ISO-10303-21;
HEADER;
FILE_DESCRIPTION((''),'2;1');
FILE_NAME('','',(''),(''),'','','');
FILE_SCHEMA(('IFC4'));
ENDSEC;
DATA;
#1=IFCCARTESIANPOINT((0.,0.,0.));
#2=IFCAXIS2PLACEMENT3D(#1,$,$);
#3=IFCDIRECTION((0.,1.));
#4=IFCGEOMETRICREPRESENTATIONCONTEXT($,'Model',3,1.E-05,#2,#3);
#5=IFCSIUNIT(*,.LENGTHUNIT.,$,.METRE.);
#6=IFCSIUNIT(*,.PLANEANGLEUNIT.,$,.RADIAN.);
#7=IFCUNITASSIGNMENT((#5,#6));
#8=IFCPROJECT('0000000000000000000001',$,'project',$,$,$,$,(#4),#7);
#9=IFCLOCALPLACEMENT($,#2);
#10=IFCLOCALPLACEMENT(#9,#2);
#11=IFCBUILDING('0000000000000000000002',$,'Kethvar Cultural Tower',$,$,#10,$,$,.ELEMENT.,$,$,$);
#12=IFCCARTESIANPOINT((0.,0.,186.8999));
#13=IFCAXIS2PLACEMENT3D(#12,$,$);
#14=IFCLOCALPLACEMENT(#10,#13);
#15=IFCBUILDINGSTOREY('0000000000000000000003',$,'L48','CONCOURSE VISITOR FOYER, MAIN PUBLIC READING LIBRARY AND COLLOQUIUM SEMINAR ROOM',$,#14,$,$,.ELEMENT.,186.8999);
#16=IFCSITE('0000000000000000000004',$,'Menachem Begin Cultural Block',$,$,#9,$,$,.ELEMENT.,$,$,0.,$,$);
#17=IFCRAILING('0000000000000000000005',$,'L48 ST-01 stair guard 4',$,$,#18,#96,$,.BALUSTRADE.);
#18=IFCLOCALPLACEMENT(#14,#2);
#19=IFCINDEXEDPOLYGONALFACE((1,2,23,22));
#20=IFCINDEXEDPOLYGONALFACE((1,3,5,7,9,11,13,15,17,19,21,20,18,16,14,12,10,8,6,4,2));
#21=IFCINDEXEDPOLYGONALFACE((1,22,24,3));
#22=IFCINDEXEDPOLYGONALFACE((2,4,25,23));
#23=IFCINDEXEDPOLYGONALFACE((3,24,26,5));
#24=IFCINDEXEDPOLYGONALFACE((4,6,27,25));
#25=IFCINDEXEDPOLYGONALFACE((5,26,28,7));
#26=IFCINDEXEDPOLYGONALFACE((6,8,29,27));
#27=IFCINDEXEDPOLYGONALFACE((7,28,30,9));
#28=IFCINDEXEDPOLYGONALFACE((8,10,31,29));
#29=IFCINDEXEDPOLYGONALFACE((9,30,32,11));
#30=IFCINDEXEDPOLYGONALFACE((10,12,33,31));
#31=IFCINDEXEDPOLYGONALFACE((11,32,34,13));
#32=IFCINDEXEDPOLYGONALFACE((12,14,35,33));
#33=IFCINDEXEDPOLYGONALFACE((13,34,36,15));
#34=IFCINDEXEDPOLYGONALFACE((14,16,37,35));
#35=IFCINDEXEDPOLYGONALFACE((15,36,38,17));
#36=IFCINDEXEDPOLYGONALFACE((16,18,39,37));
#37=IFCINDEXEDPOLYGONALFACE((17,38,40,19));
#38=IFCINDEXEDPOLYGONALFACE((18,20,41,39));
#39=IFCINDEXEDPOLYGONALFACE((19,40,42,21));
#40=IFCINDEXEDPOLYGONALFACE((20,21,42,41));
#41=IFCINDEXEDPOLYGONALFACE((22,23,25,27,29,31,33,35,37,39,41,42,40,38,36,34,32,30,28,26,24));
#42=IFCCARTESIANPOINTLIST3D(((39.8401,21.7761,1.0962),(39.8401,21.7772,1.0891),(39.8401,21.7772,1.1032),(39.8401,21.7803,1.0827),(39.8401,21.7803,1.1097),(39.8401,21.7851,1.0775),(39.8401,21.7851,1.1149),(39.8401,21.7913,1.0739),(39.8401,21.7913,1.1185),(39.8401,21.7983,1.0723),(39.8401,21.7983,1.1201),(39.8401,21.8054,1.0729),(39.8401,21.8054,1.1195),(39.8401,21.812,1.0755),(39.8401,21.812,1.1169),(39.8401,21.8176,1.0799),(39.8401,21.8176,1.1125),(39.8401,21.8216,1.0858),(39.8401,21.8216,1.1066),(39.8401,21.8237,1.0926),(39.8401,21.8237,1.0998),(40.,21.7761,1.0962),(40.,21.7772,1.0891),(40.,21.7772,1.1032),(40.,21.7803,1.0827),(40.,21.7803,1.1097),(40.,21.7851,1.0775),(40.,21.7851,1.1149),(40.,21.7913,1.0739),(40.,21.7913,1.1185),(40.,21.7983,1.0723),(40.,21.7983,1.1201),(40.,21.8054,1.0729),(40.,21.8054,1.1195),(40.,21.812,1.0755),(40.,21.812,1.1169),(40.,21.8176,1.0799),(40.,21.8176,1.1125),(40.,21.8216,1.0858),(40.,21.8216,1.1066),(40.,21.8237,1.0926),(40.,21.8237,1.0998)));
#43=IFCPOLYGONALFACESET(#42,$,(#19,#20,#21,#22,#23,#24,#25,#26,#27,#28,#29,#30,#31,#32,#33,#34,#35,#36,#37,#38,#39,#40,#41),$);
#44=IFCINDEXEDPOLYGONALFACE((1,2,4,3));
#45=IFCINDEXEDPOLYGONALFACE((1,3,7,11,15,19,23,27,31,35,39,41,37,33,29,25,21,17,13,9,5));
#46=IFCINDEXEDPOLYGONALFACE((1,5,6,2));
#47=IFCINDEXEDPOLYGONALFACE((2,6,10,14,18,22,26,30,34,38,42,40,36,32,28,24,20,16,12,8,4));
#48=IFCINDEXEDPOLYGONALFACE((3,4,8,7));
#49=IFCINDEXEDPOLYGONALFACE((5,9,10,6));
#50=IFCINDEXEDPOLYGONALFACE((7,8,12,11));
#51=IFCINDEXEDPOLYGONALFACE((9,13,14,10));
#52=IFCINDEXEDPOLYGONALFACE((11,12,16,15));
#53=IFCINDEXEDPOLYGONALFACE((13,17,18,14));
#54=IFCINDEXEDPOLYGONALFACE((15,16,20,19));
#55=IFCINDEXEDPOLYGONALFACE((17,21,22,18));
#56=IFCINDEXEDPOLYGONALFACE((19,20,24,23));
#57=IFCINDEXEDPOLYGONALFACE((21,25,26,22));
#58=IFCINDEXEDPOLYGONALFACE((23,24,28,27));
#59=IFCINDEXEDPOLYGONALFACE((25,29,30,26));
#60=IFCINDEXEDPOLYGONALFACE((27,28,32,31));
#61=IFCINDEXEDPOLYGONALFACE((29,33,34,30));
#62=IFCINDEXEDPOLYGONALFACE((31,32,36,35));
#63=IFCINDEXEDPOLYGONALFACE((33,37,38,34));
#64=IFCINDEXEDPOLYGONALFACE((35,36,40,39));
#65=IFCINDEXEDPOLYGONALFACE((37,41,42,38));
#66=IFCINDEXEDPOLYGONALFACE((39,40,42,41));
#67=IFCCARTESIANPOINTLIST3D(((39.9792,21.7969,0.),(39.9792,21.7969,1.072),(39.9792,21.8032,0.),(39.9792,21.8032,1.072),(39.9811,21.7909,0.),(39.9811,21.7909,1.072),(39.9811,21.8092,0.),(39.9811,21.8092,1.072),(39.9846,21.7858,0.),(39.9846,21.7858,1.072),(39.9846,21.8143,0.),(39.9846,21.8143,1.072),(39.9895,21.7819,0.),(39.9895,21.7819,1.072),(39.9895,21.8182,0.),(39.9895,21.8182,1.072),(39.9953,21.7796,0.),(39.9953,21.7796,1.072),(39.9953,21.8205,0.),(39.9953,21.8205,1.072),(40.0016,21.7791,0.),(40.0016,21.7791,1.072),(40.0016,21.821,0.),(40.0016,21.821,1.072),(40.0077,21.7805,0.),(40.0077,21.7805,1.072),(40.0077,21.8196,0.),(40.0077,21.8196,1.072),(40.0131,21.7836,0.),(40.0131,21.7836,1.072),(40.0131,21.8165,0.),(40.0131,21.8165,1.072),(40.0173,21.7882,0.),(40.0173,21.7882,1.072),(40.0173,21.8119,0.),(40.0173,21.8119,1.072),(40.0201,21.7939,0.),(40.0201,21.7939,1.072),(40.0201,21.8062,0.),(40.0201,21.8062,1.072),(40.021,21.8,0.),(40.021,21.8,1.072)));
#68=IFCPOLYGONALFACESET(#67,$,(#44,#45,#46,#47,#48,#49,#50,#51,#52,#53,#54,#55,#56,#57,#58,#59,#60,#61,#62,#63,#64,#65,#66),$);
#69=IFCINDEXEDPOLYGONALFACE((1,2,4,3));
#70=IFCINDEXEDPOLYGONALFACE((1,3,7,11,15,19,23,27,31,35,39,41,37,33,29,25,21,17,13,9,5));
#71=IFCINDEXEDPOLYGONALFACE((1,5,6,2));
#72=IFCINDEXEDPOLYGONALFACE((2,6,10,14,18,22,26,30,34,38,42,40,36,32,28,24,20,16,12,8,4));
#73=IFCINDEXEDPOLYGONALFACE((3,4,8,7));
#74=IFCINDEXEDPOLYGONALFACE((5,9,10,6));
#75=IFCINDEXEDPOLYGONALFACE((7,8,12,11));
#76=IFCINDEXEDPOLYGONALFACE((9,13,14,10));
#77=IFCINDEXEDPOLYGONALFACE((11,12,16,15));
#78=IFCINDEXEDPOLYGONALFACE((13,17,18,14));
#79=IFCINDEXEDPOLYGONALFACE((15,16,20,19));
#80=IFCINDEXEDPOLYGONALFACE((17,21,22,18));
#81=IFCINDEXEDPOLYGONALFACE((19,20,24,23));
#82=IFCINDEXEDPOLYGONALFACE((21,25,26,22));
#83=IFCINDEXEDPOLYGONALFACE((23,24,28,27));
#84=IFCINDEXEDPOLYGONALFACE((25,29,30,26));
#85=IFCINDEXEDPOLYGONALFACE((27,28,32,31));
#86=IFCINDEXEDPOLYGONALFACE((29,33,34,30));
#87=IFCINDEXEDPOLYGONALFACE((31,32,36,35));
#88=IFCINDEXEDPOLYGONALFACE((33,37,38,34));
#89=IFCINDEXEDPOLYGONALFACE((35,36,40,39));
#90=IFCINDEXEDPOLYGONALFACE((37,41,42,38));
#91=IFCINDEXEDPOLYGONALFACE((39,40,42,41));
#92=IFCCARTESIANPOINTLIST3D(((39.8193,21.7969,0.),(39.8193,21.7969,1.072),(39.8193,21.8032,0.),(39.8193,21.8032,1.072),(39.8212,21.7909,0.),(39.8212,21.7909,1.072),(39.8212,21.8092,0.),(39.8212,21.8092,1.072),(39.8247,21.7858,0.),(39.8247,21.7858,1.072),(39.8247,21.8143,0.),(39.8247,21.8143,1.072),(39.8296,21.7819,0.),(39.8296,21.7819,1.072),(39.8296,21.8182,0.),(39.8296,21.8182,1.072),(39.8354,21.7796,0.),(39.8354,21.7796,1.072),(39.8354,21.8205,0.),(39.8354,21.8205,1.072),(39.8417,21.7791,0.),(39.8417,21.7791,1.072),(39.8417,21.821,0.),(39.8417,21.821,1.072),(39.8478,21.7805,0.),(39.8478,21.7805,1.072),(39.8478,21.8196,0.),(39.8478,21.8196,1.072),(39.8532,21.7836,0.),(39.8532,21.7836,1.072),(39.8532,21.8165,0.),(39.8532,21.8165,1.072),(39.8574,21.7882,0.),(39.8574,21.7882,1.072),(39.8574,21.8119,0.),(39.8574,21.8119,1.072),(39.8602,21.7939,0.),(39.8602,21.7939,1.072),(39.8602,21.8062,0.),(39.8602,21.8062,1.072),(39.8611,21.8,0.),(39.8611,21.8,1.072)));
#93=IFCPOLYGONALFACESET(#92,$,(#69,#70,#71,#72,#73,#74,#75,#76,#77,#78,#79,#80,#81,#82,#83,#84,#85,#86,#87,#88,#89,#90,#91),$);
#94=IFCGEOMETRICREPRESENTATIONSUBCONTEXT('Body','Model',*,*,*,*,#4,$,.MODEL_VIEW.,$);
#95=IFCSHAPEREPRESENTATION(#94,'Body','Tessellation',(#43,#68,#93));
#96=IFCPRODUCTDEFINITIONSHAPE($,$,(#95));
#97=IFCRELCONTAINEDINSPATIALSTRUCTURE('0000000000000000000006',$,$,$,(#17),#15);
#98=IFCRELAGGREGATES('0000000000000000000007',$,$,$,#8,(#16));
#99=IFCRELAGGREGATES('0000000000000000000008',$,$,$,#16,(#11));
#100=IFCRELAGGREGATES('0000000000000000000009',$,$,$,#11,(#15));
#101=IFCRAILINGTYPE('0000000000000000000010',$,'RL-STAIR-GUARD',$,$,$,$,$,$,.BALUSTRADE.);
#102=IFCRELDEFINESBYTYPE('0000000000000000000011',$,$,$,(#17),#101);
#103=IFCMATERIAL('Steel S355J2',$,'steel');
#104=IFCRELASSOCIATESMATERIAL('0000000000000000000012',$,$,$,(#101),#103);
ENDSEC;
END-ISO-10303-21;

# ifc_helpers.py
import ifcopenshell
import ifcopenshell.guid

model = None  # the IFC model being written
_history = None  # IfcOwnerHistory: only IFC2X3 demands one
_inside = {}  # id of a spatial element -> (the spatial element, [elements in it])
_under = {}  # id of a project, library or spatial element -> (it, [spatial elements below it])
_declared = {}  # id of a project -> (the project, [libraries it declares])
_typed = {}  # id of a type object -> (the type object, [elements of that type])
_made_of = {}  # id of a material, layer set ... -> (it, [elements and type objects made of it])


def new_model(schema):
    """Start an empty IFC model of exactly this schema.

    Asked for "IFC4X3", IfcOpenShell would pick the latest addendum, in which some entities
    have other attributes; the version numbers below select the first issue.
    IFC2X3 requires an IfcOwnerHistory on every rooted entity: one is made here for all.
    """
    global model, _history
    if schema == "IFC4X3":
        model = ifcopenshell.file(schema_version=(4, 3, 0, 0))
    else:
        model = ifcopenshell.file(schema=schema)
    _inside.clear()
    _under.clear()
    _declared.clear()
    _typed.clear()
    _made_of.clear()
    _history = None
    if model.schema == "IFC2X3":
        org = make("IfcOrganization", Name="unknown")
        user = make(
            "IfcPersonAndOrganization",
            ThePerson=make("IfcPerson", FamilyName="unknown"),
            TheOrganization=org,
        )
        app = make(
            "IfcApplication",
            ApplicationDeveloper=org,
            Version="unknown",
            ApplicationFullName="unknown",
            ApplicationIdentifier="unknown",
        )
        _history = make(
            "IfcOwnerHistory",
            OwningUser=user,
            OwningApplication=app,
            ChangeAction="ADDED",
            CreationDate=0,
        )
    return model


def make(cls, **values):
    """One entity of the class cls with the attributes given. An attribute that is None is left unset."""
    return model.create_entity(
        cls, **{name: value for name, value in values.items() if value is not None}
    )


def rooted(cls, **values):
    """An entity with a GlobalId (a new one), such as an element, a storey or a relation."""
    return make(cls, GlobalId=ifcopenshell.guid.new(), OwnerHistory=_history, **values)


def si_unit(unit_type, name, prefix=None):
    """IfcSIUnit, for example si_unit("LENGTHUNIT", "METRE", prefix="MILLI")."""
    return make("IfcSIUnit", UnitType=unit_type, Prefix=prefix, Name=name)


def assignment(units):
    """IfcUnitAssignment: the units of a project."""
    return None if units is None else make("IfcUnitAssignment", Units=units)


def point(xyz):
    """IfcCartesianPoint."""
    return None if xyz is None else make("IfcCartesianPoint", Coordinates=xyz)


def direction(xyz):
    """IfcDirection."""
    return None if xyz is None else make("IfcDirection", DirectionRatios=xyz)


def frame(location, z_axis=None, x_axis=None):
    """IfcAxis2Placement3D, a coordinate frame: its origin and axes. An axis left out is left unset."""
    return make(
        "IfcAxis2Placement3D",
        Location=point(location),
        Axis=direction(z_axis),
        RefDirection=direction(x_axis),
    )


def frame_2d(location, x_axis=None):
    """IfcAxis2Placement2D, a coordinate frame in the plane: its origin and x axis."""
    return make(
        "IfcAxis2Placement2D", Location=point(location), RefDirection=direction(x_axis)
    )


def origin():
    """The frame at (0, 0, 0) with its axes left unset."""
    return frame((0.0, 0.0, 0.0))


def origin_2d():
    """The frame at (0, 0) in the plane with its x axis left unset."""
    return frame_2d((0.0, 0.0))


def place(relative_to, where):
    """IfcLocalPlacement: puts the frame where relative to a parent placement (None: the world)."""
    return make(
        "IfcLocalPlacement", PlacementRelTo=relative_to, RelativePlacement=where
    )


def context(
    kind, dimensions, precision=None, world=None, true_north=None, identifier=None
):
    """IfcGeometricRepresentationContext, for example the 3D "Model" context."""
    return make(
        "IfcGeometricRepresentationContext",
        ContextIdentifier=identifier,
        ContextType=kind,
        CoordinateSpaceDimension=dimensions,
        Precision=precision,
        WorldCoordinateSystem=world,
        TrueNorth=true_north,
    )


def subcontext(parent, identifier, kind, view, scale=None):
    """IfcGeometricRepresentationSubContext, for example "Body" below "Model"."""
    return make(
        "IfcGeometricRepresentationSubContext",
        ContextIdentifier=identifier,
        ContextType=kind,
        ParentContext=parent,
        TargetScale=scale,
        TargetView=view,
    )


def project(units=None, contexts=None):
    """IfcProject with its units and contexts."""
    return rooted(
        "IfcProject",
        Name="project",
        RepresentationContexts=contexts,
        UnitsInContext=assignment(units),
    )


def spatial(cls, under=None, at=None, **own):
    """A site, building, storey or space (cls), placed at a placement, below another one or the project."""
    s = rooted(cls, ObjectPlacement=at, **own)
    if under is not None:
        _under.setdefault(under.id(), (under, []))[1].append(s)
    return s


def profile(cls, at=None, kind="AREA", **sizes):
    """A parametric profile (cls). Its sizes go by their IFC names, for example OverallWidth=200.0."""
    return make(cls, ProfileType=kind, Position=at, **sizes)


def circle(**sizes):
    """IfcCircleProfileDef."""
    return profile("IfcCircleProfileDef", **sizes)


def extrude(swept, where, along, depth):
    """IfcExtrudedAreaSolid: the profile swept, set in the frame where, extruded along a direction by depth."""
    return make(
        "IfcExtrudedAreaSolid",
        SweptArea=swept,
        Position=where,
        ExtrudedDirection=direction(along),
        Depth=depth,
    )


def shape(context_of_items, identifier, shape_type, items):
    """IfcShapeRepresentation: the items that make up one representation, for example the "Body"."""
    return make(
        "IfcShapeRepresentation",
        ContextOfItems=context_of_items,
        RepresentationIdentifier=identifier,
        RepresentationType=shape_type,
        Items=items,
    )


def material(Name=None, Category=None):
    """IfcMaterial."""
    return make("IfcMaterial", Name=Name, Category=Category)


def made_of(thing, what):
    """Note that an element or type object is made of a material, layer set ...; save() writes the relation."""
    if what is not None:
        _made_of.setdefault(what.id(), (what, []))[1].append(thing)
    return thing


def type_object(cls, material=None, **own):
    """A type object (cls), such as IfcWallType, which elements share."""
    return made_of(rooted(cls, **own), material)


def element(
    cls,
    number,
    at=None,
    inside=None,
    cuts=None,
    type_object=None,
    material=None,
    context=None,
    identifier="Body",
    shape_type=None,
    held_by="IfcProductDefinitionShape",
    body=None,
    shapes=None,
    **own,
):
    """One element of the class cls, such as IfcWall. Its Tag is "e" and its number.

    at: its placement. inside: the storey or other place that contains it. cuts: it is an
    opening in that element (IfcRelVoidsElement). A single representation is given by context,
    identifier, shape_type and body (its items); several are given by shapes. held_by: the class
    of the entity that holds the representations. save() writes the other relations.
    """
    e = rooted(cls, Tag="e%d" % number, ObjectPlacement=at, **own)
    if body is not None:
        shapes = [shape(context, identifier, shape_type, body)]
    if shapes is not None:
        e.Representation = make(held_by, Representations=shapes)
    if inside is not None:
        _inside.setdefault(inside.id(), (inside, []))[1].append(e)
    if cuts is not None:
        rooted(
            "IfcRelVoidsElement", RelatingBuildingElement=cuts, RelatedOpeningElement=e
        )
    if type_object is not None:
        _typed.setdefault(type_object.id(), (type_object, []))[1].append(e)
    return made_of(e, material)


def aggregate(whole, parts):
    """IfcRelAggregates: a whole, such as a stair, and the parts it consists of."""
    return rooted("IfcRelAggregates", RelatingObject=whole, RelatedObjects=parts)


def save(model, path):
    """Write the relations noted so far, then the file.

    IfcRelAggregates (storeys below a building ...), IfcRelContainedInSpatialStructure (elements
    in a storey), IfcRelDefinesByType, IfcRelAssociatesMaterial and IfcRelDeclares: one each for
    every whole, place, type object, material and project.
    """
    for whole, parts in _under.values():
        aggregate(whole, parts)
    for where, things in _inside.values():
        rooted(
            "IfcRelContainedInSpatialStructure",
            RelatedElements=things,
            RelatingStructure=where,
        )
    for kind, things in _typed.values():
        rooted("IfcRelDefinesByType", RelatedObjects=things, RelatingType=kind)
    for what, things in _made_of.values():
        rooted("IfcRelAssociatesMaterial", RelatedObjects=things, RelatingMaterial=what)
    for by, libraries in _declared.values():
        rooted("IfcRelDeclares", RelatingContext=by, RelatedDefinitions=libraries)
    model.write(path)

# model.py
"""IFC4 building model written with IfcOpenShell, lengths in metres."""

from ifc_helpers import new_model, si_unit, direction, frame, origin, origin_2d, place, context, subcontext, project, spatial, circle, extrude, material, type_object, element, save


model = new_model("IFC4")

# Units and contexts
model_context = context("Model", 3, precision=1e-05, world=origin(), true_north=direction((0.0, 1.0)))
body_context = subcontext(model_context, "Body", "Model", "MODEL_VIEW")
ifc_project = project(units=[si_unit("LENGTHUNIT", "METRE"), si_unit("PLANEANGLEUNIT", "RADIAN")], contexts=[model_context])

# Site, building, storey
site_placement = place(None, origin())
site = spatial("IfcSite", under=ifc_project, at=site_placement, Name="Menachem Begin Cultural Block", CompositionType="ELEMENT", RefElevation=0.0)
building_placement = place(site_placement, origin())
building = spatial("IfcBuilding", under=site, at=building_placement, Name="Kethvar Cultural Tower", CompositionType="ELEMENT")
storey_placement = place(building_placement, frame((0.0, 0.0, 186.8999)))
storey = spatial("IfcBuildingStorey", under=building, at=storey_placement, Name="L48", Description="CONCOURSE VISITOR FOYER, MAIN PUBLIC READING LIBRARY AND COLLOQUIUM SEMINAR ROOM", CompositionType="ELEMENT", Elevation=186.8999)

# Shared definitions
ifc_material_1 = material(Name="Steel S355J2", Category="steel")

# Railing
railing_type = type_object("IfcRailingType", Name="RL-STAIR-GUARD", PredefinedType="BALUSTRADE", material=ifc_material_1)
railing_placement = place(storey_placement, frame((40.0, 21.8, 0.0)))
element("IfcRailing", 1, at=railing_placement, inside=storey, type_object=railing_type, Name="L48 ST-01 stair guard 4", PredefinedType="BALUSTRADE", context=body_context, shape_type="SweptSolid", body=[
    extrude(circle(Radius=0.0239, at=origin_2d()), frame((0.0, 0.0, 1.0962), z_axis=(-1.0, 0.0, 0.0), x_axis=(0.0, -1.0, 0.0)), (0.0, 0.0, 1.0), 0.1599),
    extrude(circle(Radius=0.021, at=origin_2d()), origin(), (0.0, 0.0, 1.0), 1.072),
    extrude(circle(Radius=0.021, at=origin_2d()), frame((-0.1599, 0.0, 0.0)), (0.0, 0.0, 1.0), 1.072),
])

save(model, "model.ifc")
